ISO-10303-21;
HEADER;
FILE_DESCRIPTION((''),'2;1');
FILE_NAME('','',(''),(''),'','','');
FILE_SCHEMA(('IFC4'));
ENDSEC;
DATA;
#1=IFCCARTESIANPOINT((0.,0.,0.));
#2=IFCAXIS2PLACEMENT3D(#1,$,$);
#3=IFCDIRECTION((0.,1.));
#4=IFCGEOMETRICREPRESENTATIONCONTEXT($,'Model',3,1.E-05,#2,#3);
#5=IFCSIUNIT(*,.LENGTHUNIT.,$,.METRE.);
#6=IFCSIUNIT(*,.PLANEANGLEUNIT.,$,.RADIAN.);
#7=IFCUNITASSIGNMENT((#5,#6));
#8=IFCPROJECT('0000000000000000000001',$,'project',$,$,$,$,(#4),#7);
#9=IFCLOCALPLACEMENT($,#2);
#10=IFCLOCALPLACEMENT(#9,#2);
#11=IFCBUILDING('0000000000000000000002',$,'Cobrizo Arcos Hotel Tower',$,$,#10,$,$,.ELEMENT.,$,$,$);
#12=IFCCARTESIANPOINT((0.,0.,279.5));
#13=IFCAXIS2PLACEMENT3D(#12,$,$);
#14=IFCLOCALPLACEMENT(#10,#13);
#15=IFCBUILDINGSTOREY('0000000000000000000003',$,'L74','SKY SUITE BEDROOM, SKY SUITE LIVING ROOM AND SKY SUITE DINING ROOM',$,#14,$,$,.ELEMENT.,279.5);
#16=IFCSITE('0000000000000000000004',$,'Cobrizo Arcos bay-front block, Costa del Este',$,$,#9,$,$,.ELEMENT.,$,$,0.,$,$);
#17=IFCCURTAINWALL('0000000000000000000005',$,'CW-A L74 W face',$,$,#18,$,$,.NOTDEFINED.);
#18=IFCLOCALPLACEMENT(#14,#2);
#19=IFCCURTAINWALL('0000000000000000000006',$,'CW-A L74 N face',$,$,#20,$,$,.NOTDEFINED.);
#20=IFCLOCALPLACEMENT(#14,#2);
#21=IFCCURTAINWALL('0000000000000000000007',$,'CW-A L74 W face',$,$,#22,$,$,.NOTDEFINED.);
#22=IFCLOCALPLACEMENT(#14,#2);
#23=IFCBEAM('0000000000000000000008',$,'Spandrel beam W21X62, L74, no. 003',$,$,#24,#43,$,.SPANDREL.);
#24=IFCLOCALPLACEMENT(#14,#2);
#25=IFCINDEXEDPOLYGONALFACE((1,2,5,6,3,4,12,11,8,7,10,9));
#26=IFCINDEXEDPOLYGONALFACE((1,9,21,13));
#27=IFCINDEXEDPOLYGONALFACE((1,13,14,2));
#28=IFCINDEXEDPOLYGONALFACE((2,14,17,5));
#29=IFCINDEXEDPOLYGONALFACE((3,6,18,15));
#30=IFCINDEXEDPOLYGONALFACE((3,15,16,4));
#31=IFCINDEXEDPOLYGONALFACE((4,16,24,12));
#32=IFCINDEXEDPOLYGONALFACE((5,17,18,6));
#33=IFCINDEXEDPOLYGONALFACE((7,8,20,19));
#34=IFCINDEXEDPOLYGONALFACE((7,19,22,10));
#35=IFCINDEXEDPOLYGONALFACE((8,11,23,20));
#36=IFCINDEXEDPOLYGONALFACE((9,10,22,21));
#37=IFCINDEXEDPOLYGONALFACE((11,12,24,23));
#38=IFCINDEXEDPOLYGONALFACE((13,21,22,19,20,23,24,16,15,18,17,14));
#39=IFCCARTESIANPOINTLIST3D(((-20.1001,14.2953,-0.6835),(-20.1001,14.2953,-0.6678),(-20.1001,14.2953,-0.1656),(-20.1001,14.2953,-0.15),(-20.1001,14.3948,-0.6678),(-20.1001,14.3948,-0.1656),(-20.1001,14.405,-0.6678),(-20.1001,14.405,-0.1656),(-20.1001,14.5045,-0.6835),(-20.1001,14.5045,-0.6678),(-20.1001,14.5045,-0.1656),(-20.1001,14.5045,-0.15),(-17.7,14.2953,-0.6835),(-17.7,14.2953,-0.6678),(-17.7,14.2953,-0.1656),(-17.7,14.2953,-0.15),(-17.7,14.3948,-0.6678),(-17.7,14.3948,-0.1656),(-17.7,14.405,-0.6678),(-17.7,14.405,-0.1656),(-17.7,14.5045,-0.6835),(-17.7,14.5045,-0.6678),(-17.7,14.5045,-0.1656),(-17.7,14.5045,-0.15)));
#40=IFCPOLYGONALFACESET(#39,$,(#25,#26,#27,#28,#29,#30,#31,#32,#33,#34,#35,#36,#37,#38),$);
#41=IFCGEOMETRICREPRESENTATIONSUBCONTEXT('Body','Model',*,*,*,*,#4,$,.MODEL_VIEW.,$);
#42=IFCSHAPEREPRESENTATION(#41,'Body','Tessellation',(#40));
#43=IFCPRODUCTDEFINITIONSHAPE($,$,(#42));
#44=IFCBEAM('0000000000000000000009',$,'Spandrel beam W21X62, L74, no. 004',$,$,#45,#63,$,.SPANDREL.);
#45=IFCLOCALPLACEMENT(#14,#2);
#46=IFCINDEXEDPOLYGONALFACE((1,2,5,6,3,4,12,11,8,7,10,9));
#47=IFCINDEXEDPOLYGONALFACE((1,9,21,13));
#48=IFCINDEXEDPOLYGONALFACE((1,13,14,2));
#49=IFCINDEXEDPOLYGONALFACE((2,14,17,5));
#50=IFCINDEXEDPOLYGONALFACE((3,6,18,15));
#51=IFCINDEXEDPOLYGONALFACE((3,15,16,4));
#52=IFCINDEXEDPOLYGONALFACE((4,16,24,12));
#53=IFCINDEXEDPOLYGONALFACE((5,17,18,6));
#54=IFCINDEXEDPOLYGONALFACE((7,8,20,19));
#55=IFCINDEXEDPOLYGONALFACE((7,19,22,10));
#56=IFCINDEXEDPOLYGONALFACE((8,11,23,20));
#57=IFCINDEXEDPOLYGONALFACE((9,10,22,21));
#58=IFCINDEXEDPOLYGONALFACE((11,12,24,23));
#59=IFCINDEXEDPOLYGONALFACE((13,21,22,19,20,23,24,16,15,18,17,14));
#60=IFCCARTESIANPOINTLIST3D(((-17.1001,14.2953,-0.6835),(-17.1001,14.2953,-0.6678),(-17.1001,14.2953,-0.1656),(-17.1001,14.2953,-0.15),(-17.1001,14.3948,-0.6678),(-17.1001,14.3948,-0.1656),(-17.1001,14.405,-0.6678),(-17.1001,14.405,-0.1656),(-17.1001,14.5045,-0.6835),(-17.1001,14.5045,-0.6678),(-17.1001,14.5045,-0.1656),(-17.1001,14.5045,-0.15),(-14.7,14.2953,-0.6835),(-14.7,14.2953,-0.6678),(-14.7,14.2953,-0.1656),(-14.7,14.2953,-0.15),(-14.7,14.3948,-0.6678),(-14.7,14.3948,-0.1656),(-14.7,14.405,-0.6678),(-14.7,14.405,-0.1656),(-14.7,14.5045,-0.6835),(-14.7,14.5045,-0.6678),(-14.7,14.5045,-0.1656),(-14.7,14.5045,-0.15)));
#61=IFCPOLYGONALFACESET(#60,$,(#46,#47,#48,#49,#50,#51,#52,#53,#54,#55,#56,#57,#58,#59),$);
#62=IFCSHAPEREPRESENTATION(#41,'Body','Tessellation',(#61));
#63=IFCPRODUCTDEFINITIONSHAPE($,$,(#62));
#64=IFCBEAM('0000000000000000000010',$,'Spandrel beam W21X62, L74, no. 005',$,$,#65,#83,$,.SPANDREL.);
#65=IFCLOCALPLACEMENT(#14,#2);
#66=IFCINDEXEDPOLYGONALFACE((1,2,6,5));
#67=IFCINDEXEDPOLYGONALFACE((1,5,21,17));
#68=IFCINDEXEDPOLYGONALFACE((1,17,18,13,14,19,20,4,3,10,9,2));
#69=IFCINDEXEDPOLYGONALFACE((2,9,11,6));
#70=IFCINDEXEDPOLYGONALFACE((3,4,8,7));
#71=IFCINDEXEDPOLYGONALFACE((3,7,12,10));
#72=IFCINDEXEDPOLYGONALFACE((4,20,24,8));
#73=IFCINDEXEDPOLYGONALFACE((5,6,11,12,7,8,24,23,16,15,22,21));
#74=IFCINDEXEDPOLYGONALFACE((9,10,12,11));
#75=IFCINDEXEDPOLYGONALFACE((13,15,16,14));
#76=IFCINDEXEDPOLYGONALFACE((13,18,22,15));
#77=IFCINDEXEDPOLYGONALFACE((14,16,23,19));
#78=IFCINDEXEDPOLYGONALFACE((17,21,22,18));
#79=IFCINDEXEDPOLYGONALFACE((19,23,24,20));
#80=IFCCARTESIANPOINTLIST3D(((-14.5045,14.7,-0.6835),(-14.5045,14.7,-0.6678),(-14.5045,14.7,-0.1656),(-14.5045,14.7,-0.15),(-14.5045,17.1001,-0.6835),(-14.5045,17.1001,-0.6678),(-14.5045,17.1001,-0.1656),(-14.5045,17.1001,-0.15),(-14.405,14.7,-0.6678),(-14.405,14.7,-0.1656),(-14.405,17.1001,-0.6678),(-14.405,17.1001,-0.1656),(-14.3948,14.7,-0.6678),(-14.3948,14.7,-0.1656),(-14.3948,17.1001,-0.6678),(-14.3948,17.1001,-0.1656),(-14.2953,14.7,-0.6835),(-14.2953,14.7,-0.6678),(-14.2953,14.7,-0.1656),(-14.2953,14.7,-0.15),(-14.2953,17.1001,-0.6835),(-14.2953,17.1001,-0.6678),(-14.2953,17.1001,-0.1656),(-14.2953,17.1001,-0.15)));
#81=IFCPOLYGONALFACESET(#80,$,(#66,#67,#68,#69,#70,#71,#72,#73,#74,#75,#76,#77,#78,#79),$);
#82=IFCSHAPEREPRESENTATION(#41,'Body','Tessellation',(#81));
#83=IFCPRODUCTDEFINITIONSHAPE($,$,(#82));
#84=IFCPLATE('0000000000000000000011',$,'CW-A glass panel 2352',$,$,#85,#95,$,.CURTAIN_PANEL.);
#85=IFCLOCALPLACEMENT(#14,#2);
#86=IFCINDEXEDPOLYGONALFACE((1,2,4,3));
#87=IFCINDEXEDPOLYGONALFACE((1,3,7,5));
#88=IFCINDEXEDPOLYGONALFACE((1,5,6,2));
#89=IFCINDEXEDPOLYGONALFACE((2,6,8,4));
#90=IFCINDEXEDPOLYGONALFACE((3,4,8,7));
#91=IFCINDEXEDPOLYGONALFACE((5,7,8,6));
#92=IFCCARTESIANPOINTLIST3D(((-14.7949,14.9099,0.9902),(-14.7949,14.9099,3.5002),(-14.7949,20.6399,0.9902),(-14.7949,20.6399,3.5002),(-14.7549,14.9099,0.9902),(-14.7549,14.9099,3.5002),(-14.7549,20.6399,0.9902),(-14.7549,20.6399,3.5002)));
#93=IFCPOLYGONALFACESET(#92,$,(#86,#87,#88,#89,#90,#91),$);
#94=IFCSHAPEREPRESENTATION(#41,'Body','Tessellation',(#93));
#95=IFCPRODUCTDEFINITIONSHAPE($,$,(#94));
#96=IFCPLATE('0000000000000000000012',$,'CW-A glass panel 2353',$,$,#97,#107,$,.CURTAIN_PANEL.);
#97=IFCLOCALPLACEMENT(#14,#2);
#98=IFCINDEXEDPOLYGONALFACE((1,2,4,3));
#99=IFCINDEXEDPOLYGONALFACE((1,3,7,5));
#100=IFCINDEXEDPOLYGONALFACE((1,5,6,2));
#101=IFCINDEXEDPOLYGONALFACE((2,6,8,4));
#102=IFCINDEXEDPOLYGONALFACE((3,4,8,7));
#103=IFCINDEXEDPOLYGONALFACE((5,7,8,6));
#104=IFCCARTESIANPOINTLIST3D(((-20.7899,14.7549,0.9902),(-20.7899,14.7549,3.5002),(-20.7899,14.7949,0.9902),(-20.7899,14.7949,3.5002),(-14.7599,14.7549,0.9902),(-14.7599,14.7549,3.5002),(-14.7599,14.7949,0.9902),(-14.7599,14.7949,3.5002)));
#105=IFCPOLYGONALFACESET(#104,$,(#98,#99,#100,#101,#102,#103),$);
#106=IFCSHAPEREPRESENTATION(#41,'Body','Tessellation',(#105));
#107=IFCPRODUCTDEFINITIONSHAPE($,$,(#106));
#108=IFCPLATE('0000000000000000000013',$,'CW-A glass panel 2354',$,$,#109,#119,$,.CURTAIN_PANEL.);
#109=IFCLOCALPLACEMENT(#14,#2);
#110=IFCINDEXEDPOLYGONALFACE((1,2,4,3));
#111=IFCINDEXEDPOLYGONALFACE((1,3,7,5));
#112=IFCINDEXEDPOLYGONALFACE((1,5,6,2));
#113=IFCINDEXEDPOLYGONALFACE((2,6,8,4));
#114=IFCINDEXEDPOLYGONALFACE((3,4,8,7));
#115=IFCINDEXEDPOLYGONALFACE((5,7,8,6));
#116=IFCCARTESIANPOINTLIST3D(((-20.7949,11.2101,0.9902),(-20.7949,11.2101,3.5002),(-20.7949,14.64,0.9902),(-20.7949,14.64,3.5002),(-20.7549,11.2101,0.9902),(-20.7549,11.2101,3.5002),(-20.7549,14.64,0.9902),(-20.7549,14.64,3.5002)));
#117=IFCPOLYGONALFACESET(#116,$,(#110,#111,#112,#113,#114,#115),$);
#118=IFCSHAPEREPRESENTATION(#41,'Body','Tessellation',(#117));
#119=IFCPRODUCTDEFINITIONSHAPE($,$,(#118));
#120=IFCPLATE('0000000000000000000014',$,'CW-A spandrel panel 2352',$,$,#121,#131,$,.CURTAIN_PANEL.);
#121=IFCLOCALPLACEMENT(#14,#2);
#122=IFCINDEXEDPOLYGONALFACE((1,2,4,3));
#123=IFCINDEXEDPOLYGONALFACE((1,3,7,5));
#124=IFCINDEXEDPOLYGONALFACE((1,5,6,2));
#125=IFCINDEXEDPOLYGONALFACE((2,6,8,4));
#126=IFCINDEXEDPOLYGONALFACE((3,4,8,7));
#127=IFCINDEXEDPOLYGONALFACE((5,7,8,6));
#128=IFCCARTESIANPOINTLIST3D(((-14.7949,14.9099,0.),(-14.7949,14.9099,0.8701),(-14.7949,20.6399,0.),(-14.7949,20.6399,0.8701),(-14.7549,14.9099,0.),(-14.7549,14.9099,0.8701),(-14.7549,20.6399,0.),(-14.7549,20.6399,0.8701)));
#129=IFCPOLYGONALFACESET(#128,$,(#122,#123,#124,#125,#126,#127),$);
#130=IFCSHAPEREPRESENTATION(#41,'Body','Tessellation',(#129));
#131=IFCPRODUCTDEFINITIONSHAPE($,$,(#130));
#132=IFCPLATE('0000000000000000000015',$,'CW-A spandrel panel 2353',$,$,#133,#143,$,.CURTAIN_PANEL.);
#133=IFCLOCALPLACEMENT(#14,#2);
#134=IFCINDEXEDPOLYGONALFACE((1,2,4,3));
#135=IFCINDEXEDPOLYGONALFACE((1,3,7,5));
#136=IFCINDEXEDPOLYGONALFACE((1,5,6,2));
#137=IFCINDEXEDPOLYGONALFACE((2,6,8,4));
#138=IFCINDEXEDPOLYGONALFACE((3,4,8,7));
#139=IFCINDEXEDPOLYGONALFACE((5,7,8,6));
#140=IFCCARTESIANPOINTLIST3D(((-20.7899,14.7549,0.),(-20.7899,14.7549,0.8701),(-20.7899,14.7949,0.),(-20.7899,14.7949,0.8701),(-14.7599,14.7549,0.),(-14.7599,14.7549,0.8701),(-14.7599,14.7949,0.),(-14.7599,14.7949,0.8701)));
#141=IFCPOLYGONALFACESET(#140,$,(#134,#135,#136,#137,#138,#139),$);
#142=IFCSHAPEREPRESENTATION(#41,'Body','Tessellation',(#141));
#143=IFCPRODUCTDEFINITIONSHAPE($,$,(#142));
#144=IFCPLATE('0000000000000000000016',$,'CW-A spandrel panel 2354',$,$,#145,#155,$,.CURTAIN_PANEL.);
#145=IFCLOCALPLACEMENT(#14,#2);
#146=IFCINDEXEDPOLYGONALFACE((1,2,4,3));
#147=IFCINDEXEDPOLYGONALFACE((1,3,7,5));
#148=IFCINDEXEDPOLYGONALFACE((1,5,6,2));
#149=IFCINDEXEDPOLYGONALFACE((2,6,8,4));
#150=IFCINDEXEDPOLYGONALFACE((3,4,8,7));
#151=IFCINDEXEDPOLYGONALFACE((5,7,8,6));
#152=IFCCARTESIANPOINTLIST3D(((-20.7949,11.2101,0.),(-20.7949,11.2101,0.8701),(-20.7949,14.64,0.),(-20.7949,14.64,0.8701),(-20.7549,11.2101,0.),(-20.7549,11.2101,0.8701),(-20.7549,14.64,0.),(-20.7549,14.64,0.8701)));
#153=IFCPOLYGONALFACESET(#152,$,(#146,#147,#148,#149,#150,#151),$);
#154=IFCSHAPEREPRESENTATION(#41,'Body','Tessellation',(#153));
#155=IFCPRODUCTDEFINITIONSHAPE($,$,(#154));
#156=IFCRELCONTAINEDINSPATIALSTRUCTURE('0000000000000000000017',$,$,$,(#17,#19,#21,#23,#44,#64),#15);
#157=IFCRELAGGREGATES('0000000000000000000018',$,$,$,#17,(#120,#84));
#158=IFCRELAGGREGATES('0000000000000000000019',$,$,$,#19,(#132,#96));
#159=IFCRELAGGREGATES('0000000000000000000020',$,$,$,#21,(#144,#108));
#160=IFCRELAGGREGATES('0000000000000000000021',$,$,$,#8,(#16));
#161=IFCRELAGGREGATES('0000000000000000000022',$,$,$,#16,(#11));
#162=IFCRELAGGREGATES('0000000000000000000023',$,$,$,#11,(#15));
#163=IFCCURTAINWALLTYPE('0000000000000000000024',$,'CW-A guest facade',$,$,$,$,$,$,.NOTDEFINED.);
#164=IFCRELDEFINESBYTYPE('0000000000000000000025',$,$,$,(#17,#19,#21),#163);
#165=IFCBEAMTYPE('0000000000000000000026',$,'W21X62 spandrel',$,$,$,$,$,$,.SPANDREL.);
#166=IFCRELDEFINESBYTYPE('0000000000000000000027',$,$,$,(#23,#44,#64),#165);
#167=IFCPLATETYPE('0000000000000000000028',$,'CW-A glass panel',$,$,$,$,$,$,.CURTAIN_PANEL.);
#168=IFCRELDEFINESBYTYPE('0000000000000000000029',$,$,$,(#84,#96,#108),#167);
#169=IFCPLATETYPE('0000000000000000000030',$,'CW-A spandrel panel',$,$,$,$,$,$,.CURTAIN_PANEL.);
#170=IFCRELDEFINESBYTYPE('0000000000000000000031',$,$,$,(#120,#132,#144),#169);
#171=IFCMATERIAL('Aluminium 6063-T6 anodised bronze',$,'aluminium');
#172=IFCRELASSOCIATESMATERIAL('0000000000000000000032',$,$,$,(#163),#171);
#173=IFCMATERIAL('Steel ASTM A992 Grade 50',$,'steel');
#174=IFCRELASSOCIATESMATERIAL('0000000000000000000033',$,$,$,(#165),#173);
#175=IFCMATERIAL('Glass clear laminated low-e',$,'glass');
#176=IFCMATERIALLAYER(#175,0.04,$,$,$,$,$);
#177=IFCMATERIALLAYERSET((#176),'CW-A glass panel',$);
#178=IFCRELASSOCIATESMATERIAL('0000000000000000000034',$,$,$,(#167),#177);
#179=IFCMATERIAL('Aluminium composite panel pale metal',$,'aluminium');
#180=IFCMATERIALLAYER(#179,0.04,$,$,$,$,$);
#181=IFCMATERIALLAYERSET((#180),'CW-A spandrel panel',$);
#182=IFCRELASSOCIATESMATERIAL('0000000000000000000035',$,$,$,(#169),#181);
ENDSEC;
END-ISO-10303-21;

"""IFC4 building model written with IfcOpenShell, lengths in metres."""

from ifc_helpers import new_model, si_unit, direction, frame, origin, origin_2d, place, context, subcontext, project, spatial, rectangle, i_section, extrude, material, layer, layer_set, material_profile, profile_set, type_object, element, aggregate, save


model = new_model("IFC4")

# Units and contexts
model_context = context("Model", 3, precision=1e-05, world=origin(), true_north=direction((0.0, 1.0)))
body_context = subcontext(model_context, "Body", "Model", "MODEL_VIEW")
ifc_project = project(units=[si_unit("LENGTHUNIT", "METRE"), si_unit("PLANEANGLEUNIT", "RADIAN")], contexts=[model_context])

# Site, building, storey
site_placement = place(None, origin())
site = spatial("IfcSite", under=ifc_project, at=site_placement, Name="Cobrizo Arcos bay-front block, Costa del Este", CompositionType="ELEMENT", RefElevation=0.0)
building_placement = place(site_placement, origin())
building = spatial("IfcBuilding", under=site, at=building_placement, Name="Cobrizo Arcos Hotel Tower", CompositionType="ELEMENT")
storey_placement = place(building_placement, frame((0.0, 0.0, 279.5)))
storey = spatial("IfcBuildingStorey", under=building, at=storey_placement, Name="L74", Description="SKY SUITE BEDROOM, SKY SUITE LIVING ROOM AND SKY SUITE DINING ROOM", CompositionType="ELEMENT", Elevation=279.5)

# Shared definitions
ifc_material_1 = material(Name="Aluminium 6063-T6 anodised bronze", Category="aluminium")
curtain_wall_type = type_object("IfcCurtainWallType", Name="CW-A guest facade", PredefinedType="NOTDEFINED", material=ifc_material_1)

# Curtain walls
curtain_wall_1_placement = place(storey_placement, origin())
curtain_wall_1 = element("IfcCurtainWall", 1, at=curtain_wall_1_placement, inside=storey, type_object=curtain_wall_type, Name="CW-A L74 W face", PredefinedType="NOTDEFINED")
curtain_wall_2_placement = place(storey_placement, origin())
curtain_wall_2 = element("IfcCurtainWall", 2, at=curtain_wall_2_placement, inside=storey, type_object=curtain_wall_type, Name="CW-A L74 N face", PredefinedType="NOTDEFINED")

# Curtain wall
curtain_wall_3_placement = place(storey_placement, origin())
curtain_wall_3 = element("IfcCurtainWall", 3, at=curtain_wall_3_placement, inside=storey, type_object=curtain_wall_type, Name="CW-A L74 W face", PredefinedType="NOTDEFINED")

# Beams
ifc_material_2 = material(Name="Steel ASTM A992 Grade 50", Category="steel")
ifc_material_profile_1 = material_profile(ifc_material_2, i_section(OverallWidth=0.2092, OverallDepth=0.5334, WebThickness=0.0103, FlangeThickness=0.0156, at=origin_2d()), Name="W21X62")
ifc_profile_set_1 = profile_set([ifc_material_profile_1], Name="Steel ASTM A992 Grade 50")
beam_type = type_object("IfcBeamType", Name="W21X62 spandrel", PredefinedType="SPANDREL", material=ifc_profile_set_1)
for number, where, z_axis, x_axis, name in (
    (4, (-20.1001, 14.3999, -0.4167), (1.0, 0.0, 0.0), (0.0, 1.0, 0.0), "Spandrel beam W21X62, L74, no. 003"),
    (5, (-17.1001, 14.3999, -0.4167), (1.0, 0.0, 0.0), (0.0, 1.0, 0.0), "Spandrel beam W21X62, L74, no. 004"),
    (6, (-14.3999, 14.7, -0.4167), (0.0, 1.0, 0.0), (-1.0, 0.0, 0.0), "Spandrel beam W21X62, L74, no. 005"),
):
    element("IfcBeam", number, at=place(storey_placement, frame(where, z_axis=z_axis, x_axis=x_axis)), inside=storey, type_object=beam_type, Name=name, PredefinedType="SPANDREL", context=body_context, shape_type="SweptSolid", body=[
        extrude(i_section(OverallWidth=0.2092, OverallDepth=0.5334, WebThickness=0.0103, FlangeThickness=0.0156, at=origin_2d()), origin(), (0.0, 0.0, 1.0), 2.4001),
    ])

# Plates
ifc_material_3 = material(Name="Glass clear laminated low-e", Category="glass")
ifc_layer_1 = layer(ifc_material_3, 0.04)
ifc_layer_set_1 = layer_set([ifc_layer_1], Name="CW-A glass panel")
plate_type_1 = type_object("IfcPlateType", Name="CW-A glass panel", PredefinedType="CURTAIN_PANEL", material=ifc_layer_set_1)
plate_1_placement = place(storey_placement, frame((-14.7749, 17.7749, 0.9902), z_axis=(0.0, 0.0, 1.0), x_axis=(0.0, -1.0, 0.0)))
plate_1 = element("IfcPlate", 7, at=plate_1_placement, type_object=plate_type_1, Name="CW-A glass panel 2352", PredefinedType="CURTAIN_PANEL", context=body_context, shape_type="SweptSolid", body=[
    extrude(rectangle(XDim=5.73, YDim=0.04, at=origin_2d()), origin(), (0.0, 0.0, 1.0), 2.51),
])
plate_2_placement = place(storey_placement, frame((-17.7749, 14.7749, 0.9902), z_axis=(0.0, 0.0, 1.0), x_axis=(-1.0, 0.0, 0.0)))
plate_2 = element("IfcPlate", 8, at=plate_2_placement, type_object=plate_type_1, Name="CW-A glass panel 2353", PredefinedType="CURTAIN_PANEL", context=body_context, shape_type="SweptSolid", body=[
    extrude(rectangle(XDim=6.03, YDim=0.04, at=origin_2d()), origin(), (0.0, 0.0, 1.0), 2.51),
])
plate_3_placement = place(storey_placement, frame((-20.7749, 12.925, 0.9902), z_axis=(0.0, 0.0, 1.0), x_axis=(0.0, -1.0, 0.0)))
plate_3 = element("IfcPlate", 9, at=plate_3_placement, type_object=plate_type_1, Name="CW-A glass panel 2354", PredefinedType="CURTAIN_PANEL", context=body_context, shape_type="SweptSolid", body=[
    extrude(rectangle(XDim=3.4299, YDim=0.04, at=origin_2d()), origin(), (0.0, 0.0, 1.0), 2.51),
])
ifc_material_4 = material(Name="Aluminium composite panel pale metal", Category="aluminium")
ifc_layer_2 = layer(ifc_material_4, 0.04)
ifc_layer_set_2 = layer_set([ifc_layer_2], Name="CW-A spandrel panel")
plate_type_2 = type_object("IfcPlateType", Name="CW-A spandrel panel", PredefinedType="CURTAIN_PANEL", material=ifc_layer_set_2)
plate_4_placement = place(storey_placement, frame((-14.7749, 17.7749, 0.0), z_axis=(0.0, 0.0, 1.0), x_axis=(0.0, -1.0, 0.0)))
plate_4 = element("IfcPlate", 10, at=plate_4_placement, type_object=plate_type_2, Name="CW-A spandrel panel 2352", PredefinedType="CURTAIN_PANEL", context=body_context, shape_type="SweptSolid", body=[
    extrude(rectangle(XDim=5.73, YDim=0.04, at=origin_2d()), origin(), (0.0, 0.0, 1.0), 0.8701),
])
aggregate(curtain_wall_1, [plate_4, plate_1])
plate_5_placement = place(storey_placement, frame((-17.7749, 14.7749, 0.0), z_axis=(0.0, 0.0, 1.0), x_axis=(-1.0, 0.0, 0.0)))
plate_5 = element("IfcPlate", 11, at=plate_5_placement, type_object=plate_type_2, Name="CW-A spandrel panel 2353", PredefinedType="CURTAIN_PANEL", context=body_context, shape_type="SweptSolid", body=[
    extrude(rectangle(XDim=6.03, YDim=0.04, at=origin_2d()), origin(), (0.0, 0.0, 1.0), 0.8701),
])
aggregate(curtain_wall_2, [plate_5, plate_2])
plate_6_placement = place(storey_placement, frame((-20.7749, 12.925, 0.0), z_axis=(0.0, 0.0, 1.0), x_axis=(0.0, -1.0, 0.0)))
plate_6 = element("IfcPlate", 12, at=plate_6_placement, type_object=plate_type_2, Name="CW-A spandrel panel 2354", PredefinedType="CURTAIN_PANEL", context=body_context, shape_type="SweptSolid", body=[
    extrude(rectangle(XDim=3.4299, YDim=0.04, at=origin_2d()), origin(), (0.0, 0.0, 1.0), 0.8701),
])
aggregate(curtain_wall_3, [plate_6, plate_3])

save(model, "model.ifc")
